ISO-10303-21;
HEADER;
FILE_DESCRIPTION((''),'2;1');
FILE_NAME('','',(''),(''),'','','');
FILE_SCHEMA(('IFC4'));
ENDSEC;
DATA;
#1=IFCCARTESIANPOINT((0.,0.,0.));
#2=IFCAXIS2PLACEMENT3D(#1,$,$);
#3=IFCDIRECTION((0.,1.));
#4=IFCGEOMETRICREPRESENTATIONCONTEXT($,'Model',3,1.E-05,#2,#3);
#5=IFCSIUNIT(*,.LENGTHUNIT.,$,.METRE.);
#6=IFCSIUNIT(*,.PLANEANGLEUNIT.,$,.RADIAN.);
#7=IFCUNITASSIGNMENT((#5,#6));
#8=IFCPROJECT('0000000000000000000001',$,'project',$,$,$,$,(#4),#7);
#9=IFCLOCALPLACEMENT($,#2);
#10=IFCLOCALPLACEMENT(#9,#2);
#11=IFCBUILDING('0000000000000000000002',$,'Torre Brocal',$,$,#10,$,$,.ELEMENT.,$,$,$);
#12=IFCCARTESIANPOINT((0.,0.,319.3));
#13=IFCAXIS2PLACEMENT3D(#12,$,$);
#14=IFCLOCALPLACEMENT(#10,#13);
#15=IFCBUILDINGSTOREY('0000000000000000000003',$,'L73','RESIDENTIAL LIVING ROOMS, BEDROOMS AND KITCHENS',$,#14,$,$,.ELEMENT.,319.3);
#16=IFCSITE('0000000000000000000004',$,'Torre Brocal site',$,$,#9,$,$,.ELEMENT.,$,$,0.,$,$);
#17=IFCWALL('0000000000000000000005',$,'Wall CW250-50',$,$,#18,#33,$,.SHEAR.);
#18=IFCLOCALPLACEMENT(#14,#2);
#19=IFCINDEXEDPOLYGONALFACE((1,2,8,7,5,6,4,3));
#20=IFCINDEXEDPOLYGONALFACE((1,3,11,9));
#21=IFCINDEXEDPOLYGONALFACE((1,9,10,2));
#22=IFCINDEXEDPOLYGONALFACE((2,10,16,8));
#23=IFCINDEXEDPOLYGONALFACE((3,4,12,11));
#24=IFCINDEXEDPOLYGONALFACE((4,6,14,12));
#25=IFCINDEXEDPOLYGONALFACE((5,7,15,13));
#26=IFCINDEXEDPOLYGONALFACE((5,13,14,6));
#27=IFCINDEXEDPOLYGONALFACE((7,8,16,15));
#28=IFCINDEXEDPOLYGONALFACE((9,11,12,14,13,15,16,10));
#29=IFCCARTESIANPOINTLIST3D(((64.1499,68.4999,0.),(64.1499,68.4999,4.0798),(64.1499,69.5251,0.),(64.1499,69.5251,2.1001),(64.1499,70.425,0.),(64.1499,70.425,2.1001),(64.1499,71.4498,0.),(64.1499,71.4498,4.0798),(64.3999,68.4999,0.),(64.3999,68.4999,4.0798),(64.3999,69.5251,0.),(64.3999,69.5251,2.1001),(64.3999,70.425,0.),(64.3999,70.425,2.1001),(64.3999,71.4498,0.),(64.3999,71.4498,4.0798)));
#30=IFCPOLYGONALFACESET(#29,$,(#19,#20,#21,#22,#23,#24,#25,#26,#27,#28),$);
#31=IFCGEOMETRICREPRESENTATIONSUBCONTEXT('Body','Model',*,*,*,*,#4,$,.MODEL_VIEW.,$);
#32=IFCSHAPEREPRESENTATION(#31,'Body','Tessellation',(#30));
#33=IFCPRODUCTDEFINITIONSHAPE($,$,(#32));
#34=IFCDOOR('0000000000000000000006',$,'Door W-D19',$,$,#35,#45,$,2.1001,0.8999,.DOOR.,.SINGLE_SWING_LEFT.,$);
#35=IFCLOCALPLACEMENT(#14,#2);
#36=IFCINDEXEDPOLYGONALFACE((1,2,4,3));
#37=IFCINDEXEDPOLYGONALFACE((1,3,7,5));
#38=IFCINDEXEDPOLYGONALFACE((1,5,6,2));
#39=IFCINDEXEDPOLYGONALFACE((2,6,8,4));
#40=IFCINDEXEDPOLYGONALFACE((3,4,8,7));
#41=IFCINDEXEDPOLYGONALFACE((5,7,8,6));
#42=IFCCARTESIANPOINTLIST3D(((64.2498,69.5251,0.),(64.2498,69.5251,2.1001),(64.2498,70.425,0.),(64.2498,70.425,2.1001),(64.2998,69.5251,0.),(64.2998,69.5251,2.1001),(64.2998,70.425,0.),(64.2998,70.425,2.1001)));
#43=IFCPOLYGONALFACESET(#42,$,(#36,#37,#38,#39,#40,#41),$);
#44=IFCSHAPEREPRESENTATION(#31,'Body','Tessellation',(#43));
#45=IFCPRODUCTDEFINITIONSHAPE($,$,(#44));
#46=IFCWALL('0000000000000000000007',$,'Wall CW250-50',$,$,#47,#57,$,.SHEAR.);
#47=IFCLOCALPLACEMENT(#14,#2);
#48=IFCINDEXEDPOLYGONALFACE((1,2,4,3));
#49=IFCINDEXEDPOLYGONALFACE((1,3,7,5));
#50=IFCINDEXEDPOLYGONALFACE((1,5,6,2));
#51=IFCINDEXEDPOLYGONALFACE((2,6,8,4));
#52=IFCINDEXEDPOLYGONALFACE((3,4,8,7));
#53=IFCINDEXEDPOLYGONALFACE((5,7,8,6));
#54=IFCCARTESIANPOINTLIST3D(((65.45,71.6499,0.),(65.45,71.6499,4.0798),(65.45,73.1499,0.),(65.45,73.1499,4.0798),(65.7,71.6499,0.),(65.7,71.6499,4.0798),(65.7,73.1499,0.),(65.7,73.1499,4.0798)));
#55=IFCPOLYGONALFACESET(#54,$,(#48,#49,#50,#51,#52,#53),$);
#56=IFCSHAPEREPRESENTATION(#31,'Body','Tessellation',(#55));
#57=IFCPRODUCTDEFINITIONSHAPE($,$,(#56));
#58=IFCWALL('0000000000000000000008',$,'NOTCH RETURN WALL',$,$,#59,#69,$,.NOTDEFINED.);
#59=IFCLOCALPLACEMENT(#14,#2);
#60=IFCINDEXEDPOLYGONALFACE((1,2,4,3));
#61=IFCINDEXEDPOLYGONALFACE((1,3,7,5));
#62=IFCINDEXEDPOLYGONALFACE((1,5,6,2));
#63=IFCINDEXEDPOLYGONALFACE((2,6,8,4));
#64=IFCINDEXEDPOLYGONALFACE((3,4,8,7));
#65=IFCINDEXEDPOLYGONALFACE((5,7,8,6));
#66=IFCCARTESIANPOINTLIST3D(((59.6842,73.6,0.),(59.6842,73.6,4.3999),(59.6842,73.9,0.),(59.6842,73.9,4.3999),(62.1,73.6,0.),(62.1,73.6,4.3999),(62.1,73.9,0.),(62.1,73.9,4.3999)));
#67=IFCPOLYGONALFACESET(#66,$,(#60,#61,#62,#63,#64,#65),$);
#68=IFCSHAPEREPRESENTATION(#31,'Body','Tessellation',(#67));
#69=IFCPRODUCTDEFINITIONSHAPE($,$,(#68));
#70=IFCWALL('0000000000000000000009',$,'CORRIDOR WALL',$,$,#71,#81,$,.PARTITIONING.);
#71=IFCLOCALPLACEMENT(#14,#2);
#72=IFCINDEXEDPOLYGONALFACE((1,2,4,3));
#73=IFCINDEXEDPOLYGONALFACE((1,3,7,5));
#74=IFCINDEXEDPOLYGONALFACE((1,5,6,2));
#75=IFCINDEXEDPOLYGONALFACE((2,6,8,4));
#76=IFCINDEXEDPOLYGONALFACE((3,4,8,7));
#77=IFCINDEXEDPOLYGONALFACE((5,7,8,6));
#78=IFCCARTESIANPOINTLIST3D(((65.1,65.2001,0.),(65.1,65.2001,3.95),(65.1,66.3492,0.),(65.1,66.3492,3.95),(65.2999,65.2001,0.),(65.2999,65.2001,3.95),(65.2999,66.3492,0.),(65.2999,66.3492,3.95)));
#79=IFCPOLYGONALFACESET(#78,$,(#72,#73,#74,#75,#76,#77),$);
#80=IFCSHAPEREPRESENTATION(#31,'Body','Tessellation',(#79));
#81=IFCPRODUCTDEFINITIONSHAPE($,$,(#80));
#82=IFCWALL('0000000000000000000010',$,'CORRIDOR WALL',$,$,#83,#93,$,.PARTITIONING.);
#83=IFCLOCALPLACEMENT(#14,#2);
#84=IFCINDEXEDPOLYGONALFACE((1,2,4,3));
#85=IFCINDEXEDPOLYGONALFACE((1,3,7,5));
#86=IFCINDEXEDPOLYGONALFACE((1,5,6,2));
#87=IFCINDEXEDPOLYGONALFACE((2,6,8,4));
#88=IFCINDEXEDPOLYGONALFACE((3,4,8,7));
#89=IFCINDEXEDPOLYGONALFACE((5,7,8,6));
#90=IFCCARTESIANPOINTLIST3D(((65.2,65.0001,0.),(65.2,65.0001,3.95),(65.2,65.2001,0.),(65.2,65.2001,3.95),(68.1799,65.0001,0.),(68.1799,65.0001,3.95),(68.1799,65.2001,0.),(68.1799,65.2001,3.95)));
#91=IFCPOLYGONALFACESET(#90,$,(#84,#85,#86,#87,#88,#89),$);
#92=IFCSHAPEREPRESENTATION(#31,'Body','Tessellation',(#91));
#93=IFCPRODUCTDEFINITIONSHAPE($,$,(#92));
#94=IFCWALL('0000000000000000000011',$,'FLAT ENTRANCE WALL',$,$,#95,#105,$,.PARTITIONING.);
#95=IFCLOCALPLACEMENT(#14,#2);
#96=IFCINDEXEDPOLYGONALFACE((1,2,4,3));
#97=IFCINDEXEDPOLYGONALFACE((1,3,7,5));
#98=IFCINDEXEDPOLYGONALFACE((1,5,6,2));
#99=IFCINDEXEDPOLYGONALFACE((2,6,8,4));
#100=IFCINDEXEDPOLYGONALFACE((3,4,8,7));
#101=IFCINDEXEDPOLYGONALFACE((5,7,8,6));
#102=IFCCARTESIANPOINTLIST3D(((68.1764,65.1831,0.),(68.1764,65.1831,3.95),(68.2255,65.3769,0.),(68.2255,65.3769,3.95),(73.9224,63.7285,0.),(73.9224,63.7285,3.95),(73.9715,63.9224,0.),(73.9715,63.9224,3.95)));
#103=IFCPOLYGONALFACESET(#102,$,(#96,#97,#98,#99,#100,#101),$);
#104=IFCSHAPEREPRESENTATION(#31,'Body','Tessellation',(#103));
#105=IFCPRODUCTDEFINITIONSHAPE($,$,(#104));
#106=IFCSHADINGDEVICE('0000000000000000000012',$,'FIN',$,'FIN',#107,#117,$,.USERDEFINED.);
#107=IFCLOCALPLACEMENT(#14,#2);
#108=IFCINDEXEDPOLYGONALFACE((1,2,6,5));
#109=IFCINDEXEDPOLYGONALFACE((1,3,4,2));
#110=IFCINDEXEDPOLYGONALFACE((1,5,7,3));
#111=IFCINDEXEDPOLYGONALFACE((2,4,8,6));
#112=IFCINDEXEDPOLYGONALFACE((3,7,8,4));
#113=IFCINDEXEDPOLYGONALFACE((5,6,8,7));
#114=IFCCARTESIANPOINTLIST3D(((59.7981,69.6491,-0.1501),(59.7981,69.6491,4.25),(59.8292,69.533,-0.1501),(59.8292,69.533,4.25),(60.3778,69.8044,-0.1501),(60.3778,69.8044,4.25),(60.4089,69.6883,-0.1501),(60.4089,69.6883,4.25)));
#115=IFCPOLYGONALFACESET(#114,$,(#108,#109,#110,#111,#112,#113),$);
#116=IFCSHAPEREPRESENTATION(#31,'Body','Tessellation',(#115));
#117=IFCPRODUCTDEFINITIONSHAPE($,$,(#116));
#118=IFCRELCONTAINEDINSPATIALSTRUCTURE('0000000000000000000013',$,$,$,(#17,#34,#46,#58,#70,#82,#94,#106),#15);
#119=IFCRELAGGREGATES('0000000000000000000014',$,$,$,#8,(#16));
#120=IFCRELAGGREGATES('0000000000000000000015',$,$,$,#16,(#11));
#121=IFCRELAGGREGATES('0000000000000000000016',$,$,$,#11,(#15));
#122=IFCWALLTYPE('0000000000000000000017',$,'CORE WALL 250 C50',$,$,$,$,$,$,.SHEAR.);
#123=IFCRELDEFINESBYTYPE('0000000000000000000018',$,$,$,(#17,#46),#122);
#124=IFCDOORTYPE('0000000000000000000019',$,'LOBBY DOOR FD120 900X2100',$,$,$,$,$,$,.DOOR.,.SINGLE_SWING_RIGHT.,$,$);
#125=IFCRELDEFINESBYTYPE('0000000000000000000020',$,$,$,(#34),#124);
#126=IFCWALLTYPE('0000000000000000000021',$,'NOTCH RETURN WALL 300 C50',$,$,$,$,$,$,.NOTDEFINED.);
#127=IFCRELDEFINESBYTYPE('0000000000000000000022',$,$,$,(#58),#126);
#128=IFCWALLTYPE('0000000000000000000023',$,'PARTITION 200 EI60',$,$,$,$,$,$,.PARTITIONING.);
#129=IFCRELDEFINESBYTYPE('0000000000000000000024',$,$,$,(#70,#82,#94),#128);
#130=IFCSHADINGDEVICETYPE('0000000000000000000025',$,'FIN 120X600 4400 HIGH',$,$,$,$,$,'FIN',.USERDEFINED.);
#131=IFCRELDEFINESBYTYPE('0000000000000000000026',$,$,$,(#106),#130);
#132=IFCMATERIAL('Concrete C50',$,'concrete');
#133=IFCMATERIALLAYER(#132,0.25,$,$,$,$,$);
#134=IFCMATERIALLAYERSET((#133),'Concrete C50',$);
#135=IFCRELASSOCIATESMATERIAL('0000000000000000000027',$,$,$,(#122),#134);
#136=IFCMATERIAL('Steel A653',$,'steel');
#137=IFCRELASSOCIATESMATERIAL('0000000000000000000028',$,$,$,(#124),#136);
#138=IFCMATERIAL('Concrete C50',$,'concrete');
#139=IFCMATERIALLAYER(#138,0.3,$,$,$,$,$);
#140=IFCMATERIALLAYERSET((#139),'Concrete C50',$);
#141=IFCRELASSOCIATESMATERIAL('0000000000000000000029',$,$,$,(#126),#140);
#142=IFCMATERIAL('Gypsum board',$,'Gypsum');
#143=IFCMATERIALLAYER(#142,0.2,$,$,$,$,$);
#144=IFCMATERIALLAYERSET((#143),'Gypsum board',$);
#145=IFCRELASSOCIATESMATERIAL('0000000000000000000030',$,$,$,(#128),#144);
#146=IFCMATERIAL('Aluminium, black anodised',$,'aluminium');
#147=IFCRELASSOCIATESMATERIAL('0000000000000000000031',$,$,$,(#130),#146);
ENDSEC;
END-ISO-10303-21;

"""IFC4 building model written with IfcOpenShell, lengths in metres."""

from ifc_helpers import new_model, si_unit, direction, frame, frame_2d, origin, origin_2d, place, context, subcontext, project, spatial, rectangle, extrude, material, layer, layer_set, material_profile, profile_set, type_object, element, fill, save


model = new_model("IFC4")

# Units and contexts
model_context = context("Model", 3, precision=1e-05, world=origin(), true_north=direction((0.0, 1.0)))
body_context = subcontext(model_context, "Body", "Model", "MODEL_VIEW")
ifc_project = project(units=[si_unit("LENGTHUNIT", "METRE"), si_unit("PLANEANGLEUNIT", "RADIAN")], contexts=[model_context])

# Site, building, storey
site_placement = place(None, origin())
site = spatial("IfcSite", under=ifc_project, at=site_placement, Name="Torre Brocal site", CompositionType="ELEMENT", RefElevation=0.0)
building_placement = place(site_placement, origin())
building = spatial("IfcBuilding", under=site, at=building_placement, Name="Torre Brocal", CompositionType="ELEMENT")
storey_placement = place(building_placement, frame((0.0, 0.0, 319.3)))
storey = spatial("IfcBuildingStorey", under=building, at=storey_placement, Name="L73", Description="RESIDENTIAL LIVING ROOMS, BEDROOMS AND KITCHENS", CompositionType="ELEMENT", Elevation=319.3)

# Wall, opening, door
ifc_material_1 = material(Name="Concrete C50", Category="concrete")
ifc_layer_1 = layer(ifc_material_1, 0.25)
ifc_layer_set_1 = layer_set([ifc_layer_1], Name="Concrete C50")
wall_type_1 = type_object("IfcWallType", Name="CORE WALL 250 C50", PredefinedType="SHEAR", material=ifc_layer_set_1)
wall_1_placement = place(storey_placement, frame((64.2749, 71.45, 0.0), z_axis=(0.0, 0.0, 1.0), x_axis=(0.0, -1.0, 0.0)))
wall_1 = element("IfcWall", 1, at=wall_1_placement, inside=storey, type_object=wall_type_1, Name="Wall CW250-50", PredefinedType="SHEAR", context=body_context, shape_type="SweptSolid", body=[
    extrude(rectangle(XDim=2.95, YDim=0.25, at=frame_2d((1.4751, 0.0))), origin(), (0.0, 0.0, 1.0), 4.0798),
])
opening_placement = place(wall_1_placement, frame((1.0249, 0.0, 0.0)))
opening = element("IfcOpeningElement", 2, at=opening_placement, cuts=wall_1, PredefinedType="OPENING", context=body_context, shape_type="SweptSolid", body=[
    extrude(rectangle(XDim=0.8999, YDim=2.1001, at=frame_2d((0.45, 1.05))), frame((0.0, 0.135, 0.0), z_axis=(0.0, -1.0, 0.0), x_axis=(1.0, 0.0, 0.0)), (0.0, 0.0, 1.0), 0.27),
])
ifc_material_2 = material(Name="Steel A653", Category="steel")
door_type = type_object("IfcDoorType", Name="LOBBY DOOR FD120 900X2100", OperationType="SINGLE_SWING_RIGHT", PredefinedType="DOOR", material=ifc_material_2)
door_placement = place(opening_placement, origin())
door = element("IfcDoor", 3, at=door_placement, inside=storey, type_object=door_type, Name="Door W-D19", OperationType="SINGLE_SWING_LEFT", OverallHeight=2.1001, OverallWidth=0.8999, PredefinedType="DOOR", context=body_context, shape_type="SweptSolid", body=[
    extrude(rectangle(XDim=0.8999, YDim=2.1001, at=frame_2d((0.45, 1.05))), frame((0.0, 0.0249, 0.0), z_axis=(0.0, -1.0, 0.0), x_axis=(1.0, 0.0, 0.0)), (0.0, 0.0, 1.0), 0.05),
])
fill(opening, door)

# Walls
wall_2_placement = place(storey_placement, frame((65.575, 73.1499, 0.0), z_axis=(0.0, 0.0, 1.0), x_axis=(0.0, -1.0, 0.0)))
element("IfcWall", 4, at=wall_2_placement, inside=storey, type_object=wall_type_1, Name="Wall CW250-50", PredefinedType="SHEAR", context=body_context, shape_type="SweptSolid", body=[
    extrude(rectangle(XDim=1.5, YDim=0.25, at=frame_2d((0.75, 0.0))), origin(), (0.0, 0.0, 1.0), 4.0798),
])
ifc_material_3 = material(Name="Concrete C50", Category="concrete")
ifc_layer_2 = layer(ifc_material_3, 0.3)
ifc_layer_set_2 = layer_set([ifc_layer_2], Name="Concrete C50")
wall_type_2 = type_object("IfcWallType", Name="NOTCH RETURN WALL 300 C50", PredefinedType="NOTDEFINED", material=ifc_layer_set_2)
wall_3_placement = place(storey_placement, frame((62.1001, 73.75, 0.0), z_axis=(0.0, 0.0, 1.0), x_axis=(-1.0, 0.0, 0.0)))
element("IfcWall", 5, at=wall_3_placement, inside=storey, type_object=wall_type_2, Name="NOTCH RETURN WALL", PredefinedType="NOTDEFINED", context=body_context, shape_type="SweptSolid", body=[
    extrude(rectangle(XDim=2.4158, YDim=0.3, at=frame_2d((1.208, 0.0))), origin(), (0.0, 0.0, 1.0), 4.3999),
])
ifc_material_4 = material(Name="Gypsum board", Category="Gypsum")
ifc_layer_3 = layer(ifc_material_4, 0.2)
ifc_layer_set_3 = layer_set([ifc_layer_3], Name="Gypsum board")
wall_type_3 = type_object("IfcWallType", Name="PARTITION 200 EI60", PredefinedType="PARTITIONING", material=ifc_layer_set_3)
wall_4_placement = place(storey_placement, frame((65.2, 65.2, 0.0), z_axis=(0.0, 0.0, 1.0), x_axis=(0.0, 1.0, 0.0)))
element("IfcWall", 6, at=wall_4_placement, inside=storey, type_object=wall_type_3, Name="CORRIDOR WALL", PredefinedType="PARTITIONING", context=body_context, shape_type="SweptSolid", body=[
    extrude(rectangle(XDim=1.1492, YDim=0.2, at=frame_2d((0.5747, 0.0))), origin(), (0.0, 0.0, 1.0), 3.95),
])
wall_5_placement = place(storey_placement, frame((65.2, 65.1001, 0.0), z_axis=(0.0, 0.0, 1.0), x_axis=(1.0, 0.0, 0.0)))
element("IfcWall", 7, at=wall_5_placement, inside=storey, type_object=wall_type_3, Name="CORRIDOR WALL", PredefinedType="PARTITIONING", context=body_context, shape_type="SweptSolid", body=[
    extrude(rectangle(XDim=2.98, YDim=0.2, at=frame_2d((1.49, 0.0))), origin(), (0.0, 0.0, 1.0), 3.95),
])
wall_6_placement = place(storey_placement, frame((68.2009, 65.28, 0.0), z_axis=(0.0, 0.0, 1.0), x_axis=(0.969421, -0.245403, 0.0)))
element("IfcWall", 8, at=wall_6_placement, inside=storey, type_object=wall_type_3, Name="FLAT ENTRANCE WALL", PredefinedType="PARTITIONING", context=body_context, shape_type="SweptSolid", body=[
    extrude(rectangle(XDim=5.9272, YDim=0.2, at=frame_2d((2.9636, 0.0))), origin(), (0.0, 0.0, 1.0), 3.95),
])

# Shading device
ifc_material_5 = material(Name="Aluminium, black anodised", Category="aluminium")
ifc_material_profile_1 = material_profile(ifc_material_5, rectangle(XDim=0.1201, YDim=0.6001, at=origin_2d()), Name="FIN 120X600 4400 HIGH")
ifc_profile_set_1 = profile_set([ifc_material_profile_1], Name="Aluminium, black anodised")
shading_device_type = type_object("IfcShadingDeviceType", Name="FIN 120X600 4400 HIGH", ElementType="FIN", PredefinedType="USERDEFINED", material=ifc_profile_set_1)
shading_device_placement = place(storey_placement, frame((60.1035, 69.6687, -0.1501), z_axis=(0.0, 0.0, 1.0), x_axis=(0.258819, -0.965926, 0.0)))
element("IfcShadingDevice", 9, at=shading_device_placement, inside=storey, type_object=shading_device_type, Name="FIN", ObjectType="FIN", PredefinedType="USERDEFINED", context=body_context, shape_type="SweptSolid", body=[
    extrude(rectangle(XDim=0.1201, YDim=0.6001, at=origin_2d()), origin(), (0.0, 0.0, 1.0), 4.4001),
])

save(model, "model.ifc")
